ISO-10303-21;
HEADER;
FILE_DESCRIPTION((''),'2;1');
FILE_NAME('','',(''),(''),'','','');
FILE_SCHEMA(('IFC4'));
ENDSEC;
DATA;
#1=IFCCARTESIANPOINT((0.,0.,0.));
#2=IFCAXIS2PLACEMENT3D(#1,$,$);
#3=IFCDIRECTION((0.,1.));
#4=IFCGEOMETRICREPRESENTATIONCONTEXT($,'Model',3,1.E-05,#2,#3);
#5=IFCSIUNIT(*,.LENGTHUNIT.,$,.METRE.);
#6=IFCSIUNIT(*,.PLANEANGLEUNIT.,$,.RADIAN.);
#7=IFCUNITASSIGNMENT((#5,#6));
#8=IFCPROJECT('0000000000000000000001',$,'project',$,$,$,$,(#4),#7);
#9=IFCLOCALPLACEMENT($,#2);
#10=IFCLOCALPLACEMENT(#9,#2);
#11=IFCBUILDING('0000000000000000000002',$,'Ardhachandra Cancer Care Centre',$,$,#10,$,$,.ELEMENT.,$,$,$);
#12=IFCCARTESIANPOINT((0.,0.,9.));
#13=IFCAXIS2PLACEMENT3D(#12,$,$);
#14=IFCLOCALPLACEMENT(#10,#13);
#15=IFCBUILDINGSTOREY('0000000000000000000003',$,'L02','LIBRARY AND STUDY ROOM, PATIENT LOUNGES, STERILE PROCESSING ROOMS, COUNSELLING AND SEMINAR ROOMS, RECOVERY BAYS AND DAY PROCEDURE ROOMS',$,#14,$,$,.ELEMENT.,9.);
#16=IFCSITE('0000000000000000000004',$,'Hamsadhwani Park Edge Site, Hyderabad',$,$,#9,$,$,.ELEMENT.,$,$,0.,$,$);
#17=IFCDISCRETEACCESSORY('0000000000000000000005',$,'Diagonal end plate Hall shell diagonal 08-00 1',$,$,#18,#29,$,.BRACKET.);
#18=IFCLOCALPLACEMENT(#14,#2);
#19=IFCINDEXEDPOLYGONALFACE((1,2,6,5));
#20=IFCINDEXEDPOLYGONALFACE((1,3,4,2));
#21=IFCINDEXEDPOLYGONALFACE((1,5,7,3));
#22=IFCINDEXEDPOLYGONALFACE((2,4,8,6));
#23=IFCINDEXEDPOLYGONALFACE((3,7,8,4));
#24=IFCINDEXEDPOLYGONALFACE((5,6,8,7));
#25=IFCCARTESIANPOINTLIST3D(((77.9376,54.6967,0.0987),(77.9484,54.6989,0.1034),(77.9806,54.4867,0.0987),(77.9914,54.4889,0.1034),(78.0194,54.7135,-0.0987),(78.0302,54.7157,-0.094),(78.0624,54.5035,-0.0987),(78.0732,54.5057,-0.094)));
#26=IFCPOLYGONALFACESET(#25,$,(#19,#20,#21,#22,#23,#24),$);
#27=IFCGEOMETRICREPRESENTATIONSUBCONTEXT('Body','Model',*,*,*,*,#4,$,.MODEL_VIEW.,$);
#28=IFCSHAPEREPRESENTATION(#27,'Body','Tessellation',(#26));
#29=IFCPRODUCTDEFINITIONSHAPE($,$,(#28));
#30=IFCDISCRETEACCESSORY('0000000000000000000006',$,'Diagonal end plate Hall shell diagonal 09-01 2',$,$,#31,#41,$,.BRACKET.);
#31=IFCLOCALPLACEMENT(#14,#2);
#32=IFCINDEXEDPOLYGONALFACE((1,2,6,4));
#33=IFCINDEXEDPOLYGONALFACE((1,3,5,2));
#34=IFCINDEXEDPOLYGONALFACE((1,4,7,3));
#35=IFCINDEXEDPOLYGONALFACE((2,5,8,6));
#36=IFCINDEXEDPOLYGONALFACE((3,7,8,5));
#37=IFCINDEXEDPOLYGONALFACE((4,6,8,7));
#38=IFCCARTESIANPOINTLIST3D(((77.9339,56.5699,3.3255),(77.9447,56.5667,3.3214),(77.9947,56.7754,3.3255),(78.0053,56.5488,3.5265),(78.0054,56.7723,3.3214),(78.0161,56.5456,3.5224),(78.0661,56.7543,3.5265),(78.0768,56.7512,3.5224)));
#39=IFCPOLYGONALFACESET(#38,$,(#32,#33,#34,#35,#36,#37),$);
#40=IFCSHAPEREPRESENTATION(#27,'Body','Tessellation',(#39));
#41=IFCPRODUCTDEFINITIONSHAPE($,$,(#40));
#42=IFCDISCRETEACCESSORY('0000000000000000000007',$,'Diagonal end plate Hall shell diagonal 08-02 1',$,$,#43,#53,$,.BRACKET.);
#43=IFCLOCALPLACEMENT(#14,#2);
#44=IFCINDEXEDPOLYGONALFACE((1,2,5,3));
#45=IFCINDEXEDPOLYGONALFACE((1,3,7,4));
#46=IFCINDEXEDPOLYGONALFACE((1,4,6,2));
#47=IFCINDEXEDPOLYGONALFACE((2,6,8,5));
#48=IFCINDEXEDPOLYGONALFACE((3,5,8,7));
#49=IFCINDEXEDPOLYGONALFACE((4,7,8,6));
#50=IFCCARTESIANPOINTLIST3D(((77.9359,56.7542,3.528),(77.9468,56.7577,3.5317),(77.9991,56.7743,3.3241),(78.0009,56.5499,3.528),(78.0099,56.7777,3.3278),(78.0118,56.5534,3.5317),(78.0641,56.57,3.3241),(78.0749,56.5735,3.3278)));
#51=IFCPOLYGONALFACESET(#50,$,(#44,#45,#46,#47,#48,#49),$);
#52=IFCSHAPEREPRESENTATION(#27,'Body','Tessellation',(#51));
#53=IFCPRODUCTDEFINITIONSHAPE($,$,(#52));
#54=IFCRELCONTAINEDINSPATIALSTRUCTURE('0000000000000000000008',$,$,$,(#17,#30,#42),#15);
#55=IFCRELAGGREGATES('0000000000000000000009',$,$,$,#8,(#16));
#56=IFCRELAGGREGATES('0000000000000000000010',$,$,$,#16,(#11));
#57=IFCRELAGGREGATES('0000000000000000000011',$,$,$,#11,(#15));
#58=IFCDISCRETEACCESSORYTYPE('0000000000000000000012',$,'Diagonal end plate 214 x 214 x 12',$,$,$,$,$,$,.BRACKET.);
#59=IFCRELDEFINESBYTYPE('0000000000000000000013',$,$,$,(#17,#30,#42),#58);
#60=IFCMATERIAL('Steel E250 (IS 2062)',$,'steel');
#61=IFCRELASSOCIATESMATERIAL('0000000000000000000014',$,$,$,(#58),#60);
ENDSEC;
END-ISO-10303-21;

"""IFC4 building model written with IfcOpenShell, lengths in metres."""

from ifc_helpers import new_model, si_unit, direction, frame, origin, origin_2d, place, context, subcontext, project, spatial, rectangle, extrude, material, material_profile, profile_set, type_object, element, save


model = new_model("IFC4")

# Units and contexts
model_context = context("Model", 3, precision=1e-05, world=origin(), true_north=direction((0.0, 1.0)))
body_context = subcontext(model_context, "Body", "Model", "MODEL_VIEW")
ifc_project = project(units=[si_unit("LENGTHUNIT", "METRE"), si_unit("PLANEANGLEUNIT", "RADIAN")], contexts=[model_context])

# Site, building, storey
site_placement = place(None, origin())
site = spatial("IfcSite", under=ifc_project, at=site_placement, Name="Hamsadhwani Park Edge Site, Hyderabad", CompositionType="ELEMENT", RefElevation=0.0)
building_placement = place(site_placement, origin())
building = spatial("IfcBuilding", under=site, at=building_placement, Name="Ardhachandra Cancer Care Centre", CompositionType="ELEMENT")
storey_placement = place(building_placement, frame((0.0, 0.0, 9.0)))
storey = spatial("IfcBuildingStorey", under=building, at=storey_placement, Name="L02", Description="LIBRARY AND STUDY ROOM, PATIENT LOUNGES, STERILE PROCESSING ROOMS, COUNSELLING AND SEMINAR ROOMS, RECOVERY BAYS AND DAY PROCEDURE ROOMS", CompositionType="ELEMENT", Elevation=9.0)

# Discrete accessories
ifc_material_1 = material(Name="Steel E250 (IS 2062)", Category="steel")
ifc_material_profile_1 = material_profile(ifc_material_1, rectangle(XDim=0.2144, YDim=0.2144, at=origin_2d()), Name="PL 214x214x12")
ifc_profile_set_1 = profile_set([ifc_material_profile_1], Name="Steel E250 (IS 2062)")
discrete_accessory_type = type_object("IfcDiscreteAccessoryType", Name="Diagonal end plate 214 x 214 x 12", PredefinedType="BRACKET", material=ifc_profile_set_1)
for number, where, z_axis, x_axis, name in (
    (1, (78.0, 54.6001, 0.0), (0.902291, 0.18456, 0.389626), (-0.200396, 0.979715, 0.0), "Diagonal end plate Hall shell diagonal 08-00 1"),
    (2, (78.0, 56.6621, 3.426), (0.899271, -0.265694, -0.347446), (0.283346, 0.959018, 0.0), "Diagonal end plate Hall shell diagonal 09-01 2"),
    (3, (78.0, 56.6621, 3.426), (0.906302, 0.288369, 0.308967), (-0.303204, 0.952926, 0.0), "Diagonal end plate Hall shell diagonal 08-02 1"),
):
    element("IfcDiscreteAccessory", number, at=place(storey_placement, frame(where, z_axis=z_axis, x_axis=x_axis)), inside=storey, type_object=discrete_accessory_type, Name=name, PredefinedType="BRACKET", context=body_context, shape_type="SweptSolid", body=[
        extrude(rectangle(XDim=0.2144, YDim=0.2144, at=origin_2d()), origin(), (0.0, 0.0, 1.0), 0.012),
    ])

save(model, "model.ifc")
